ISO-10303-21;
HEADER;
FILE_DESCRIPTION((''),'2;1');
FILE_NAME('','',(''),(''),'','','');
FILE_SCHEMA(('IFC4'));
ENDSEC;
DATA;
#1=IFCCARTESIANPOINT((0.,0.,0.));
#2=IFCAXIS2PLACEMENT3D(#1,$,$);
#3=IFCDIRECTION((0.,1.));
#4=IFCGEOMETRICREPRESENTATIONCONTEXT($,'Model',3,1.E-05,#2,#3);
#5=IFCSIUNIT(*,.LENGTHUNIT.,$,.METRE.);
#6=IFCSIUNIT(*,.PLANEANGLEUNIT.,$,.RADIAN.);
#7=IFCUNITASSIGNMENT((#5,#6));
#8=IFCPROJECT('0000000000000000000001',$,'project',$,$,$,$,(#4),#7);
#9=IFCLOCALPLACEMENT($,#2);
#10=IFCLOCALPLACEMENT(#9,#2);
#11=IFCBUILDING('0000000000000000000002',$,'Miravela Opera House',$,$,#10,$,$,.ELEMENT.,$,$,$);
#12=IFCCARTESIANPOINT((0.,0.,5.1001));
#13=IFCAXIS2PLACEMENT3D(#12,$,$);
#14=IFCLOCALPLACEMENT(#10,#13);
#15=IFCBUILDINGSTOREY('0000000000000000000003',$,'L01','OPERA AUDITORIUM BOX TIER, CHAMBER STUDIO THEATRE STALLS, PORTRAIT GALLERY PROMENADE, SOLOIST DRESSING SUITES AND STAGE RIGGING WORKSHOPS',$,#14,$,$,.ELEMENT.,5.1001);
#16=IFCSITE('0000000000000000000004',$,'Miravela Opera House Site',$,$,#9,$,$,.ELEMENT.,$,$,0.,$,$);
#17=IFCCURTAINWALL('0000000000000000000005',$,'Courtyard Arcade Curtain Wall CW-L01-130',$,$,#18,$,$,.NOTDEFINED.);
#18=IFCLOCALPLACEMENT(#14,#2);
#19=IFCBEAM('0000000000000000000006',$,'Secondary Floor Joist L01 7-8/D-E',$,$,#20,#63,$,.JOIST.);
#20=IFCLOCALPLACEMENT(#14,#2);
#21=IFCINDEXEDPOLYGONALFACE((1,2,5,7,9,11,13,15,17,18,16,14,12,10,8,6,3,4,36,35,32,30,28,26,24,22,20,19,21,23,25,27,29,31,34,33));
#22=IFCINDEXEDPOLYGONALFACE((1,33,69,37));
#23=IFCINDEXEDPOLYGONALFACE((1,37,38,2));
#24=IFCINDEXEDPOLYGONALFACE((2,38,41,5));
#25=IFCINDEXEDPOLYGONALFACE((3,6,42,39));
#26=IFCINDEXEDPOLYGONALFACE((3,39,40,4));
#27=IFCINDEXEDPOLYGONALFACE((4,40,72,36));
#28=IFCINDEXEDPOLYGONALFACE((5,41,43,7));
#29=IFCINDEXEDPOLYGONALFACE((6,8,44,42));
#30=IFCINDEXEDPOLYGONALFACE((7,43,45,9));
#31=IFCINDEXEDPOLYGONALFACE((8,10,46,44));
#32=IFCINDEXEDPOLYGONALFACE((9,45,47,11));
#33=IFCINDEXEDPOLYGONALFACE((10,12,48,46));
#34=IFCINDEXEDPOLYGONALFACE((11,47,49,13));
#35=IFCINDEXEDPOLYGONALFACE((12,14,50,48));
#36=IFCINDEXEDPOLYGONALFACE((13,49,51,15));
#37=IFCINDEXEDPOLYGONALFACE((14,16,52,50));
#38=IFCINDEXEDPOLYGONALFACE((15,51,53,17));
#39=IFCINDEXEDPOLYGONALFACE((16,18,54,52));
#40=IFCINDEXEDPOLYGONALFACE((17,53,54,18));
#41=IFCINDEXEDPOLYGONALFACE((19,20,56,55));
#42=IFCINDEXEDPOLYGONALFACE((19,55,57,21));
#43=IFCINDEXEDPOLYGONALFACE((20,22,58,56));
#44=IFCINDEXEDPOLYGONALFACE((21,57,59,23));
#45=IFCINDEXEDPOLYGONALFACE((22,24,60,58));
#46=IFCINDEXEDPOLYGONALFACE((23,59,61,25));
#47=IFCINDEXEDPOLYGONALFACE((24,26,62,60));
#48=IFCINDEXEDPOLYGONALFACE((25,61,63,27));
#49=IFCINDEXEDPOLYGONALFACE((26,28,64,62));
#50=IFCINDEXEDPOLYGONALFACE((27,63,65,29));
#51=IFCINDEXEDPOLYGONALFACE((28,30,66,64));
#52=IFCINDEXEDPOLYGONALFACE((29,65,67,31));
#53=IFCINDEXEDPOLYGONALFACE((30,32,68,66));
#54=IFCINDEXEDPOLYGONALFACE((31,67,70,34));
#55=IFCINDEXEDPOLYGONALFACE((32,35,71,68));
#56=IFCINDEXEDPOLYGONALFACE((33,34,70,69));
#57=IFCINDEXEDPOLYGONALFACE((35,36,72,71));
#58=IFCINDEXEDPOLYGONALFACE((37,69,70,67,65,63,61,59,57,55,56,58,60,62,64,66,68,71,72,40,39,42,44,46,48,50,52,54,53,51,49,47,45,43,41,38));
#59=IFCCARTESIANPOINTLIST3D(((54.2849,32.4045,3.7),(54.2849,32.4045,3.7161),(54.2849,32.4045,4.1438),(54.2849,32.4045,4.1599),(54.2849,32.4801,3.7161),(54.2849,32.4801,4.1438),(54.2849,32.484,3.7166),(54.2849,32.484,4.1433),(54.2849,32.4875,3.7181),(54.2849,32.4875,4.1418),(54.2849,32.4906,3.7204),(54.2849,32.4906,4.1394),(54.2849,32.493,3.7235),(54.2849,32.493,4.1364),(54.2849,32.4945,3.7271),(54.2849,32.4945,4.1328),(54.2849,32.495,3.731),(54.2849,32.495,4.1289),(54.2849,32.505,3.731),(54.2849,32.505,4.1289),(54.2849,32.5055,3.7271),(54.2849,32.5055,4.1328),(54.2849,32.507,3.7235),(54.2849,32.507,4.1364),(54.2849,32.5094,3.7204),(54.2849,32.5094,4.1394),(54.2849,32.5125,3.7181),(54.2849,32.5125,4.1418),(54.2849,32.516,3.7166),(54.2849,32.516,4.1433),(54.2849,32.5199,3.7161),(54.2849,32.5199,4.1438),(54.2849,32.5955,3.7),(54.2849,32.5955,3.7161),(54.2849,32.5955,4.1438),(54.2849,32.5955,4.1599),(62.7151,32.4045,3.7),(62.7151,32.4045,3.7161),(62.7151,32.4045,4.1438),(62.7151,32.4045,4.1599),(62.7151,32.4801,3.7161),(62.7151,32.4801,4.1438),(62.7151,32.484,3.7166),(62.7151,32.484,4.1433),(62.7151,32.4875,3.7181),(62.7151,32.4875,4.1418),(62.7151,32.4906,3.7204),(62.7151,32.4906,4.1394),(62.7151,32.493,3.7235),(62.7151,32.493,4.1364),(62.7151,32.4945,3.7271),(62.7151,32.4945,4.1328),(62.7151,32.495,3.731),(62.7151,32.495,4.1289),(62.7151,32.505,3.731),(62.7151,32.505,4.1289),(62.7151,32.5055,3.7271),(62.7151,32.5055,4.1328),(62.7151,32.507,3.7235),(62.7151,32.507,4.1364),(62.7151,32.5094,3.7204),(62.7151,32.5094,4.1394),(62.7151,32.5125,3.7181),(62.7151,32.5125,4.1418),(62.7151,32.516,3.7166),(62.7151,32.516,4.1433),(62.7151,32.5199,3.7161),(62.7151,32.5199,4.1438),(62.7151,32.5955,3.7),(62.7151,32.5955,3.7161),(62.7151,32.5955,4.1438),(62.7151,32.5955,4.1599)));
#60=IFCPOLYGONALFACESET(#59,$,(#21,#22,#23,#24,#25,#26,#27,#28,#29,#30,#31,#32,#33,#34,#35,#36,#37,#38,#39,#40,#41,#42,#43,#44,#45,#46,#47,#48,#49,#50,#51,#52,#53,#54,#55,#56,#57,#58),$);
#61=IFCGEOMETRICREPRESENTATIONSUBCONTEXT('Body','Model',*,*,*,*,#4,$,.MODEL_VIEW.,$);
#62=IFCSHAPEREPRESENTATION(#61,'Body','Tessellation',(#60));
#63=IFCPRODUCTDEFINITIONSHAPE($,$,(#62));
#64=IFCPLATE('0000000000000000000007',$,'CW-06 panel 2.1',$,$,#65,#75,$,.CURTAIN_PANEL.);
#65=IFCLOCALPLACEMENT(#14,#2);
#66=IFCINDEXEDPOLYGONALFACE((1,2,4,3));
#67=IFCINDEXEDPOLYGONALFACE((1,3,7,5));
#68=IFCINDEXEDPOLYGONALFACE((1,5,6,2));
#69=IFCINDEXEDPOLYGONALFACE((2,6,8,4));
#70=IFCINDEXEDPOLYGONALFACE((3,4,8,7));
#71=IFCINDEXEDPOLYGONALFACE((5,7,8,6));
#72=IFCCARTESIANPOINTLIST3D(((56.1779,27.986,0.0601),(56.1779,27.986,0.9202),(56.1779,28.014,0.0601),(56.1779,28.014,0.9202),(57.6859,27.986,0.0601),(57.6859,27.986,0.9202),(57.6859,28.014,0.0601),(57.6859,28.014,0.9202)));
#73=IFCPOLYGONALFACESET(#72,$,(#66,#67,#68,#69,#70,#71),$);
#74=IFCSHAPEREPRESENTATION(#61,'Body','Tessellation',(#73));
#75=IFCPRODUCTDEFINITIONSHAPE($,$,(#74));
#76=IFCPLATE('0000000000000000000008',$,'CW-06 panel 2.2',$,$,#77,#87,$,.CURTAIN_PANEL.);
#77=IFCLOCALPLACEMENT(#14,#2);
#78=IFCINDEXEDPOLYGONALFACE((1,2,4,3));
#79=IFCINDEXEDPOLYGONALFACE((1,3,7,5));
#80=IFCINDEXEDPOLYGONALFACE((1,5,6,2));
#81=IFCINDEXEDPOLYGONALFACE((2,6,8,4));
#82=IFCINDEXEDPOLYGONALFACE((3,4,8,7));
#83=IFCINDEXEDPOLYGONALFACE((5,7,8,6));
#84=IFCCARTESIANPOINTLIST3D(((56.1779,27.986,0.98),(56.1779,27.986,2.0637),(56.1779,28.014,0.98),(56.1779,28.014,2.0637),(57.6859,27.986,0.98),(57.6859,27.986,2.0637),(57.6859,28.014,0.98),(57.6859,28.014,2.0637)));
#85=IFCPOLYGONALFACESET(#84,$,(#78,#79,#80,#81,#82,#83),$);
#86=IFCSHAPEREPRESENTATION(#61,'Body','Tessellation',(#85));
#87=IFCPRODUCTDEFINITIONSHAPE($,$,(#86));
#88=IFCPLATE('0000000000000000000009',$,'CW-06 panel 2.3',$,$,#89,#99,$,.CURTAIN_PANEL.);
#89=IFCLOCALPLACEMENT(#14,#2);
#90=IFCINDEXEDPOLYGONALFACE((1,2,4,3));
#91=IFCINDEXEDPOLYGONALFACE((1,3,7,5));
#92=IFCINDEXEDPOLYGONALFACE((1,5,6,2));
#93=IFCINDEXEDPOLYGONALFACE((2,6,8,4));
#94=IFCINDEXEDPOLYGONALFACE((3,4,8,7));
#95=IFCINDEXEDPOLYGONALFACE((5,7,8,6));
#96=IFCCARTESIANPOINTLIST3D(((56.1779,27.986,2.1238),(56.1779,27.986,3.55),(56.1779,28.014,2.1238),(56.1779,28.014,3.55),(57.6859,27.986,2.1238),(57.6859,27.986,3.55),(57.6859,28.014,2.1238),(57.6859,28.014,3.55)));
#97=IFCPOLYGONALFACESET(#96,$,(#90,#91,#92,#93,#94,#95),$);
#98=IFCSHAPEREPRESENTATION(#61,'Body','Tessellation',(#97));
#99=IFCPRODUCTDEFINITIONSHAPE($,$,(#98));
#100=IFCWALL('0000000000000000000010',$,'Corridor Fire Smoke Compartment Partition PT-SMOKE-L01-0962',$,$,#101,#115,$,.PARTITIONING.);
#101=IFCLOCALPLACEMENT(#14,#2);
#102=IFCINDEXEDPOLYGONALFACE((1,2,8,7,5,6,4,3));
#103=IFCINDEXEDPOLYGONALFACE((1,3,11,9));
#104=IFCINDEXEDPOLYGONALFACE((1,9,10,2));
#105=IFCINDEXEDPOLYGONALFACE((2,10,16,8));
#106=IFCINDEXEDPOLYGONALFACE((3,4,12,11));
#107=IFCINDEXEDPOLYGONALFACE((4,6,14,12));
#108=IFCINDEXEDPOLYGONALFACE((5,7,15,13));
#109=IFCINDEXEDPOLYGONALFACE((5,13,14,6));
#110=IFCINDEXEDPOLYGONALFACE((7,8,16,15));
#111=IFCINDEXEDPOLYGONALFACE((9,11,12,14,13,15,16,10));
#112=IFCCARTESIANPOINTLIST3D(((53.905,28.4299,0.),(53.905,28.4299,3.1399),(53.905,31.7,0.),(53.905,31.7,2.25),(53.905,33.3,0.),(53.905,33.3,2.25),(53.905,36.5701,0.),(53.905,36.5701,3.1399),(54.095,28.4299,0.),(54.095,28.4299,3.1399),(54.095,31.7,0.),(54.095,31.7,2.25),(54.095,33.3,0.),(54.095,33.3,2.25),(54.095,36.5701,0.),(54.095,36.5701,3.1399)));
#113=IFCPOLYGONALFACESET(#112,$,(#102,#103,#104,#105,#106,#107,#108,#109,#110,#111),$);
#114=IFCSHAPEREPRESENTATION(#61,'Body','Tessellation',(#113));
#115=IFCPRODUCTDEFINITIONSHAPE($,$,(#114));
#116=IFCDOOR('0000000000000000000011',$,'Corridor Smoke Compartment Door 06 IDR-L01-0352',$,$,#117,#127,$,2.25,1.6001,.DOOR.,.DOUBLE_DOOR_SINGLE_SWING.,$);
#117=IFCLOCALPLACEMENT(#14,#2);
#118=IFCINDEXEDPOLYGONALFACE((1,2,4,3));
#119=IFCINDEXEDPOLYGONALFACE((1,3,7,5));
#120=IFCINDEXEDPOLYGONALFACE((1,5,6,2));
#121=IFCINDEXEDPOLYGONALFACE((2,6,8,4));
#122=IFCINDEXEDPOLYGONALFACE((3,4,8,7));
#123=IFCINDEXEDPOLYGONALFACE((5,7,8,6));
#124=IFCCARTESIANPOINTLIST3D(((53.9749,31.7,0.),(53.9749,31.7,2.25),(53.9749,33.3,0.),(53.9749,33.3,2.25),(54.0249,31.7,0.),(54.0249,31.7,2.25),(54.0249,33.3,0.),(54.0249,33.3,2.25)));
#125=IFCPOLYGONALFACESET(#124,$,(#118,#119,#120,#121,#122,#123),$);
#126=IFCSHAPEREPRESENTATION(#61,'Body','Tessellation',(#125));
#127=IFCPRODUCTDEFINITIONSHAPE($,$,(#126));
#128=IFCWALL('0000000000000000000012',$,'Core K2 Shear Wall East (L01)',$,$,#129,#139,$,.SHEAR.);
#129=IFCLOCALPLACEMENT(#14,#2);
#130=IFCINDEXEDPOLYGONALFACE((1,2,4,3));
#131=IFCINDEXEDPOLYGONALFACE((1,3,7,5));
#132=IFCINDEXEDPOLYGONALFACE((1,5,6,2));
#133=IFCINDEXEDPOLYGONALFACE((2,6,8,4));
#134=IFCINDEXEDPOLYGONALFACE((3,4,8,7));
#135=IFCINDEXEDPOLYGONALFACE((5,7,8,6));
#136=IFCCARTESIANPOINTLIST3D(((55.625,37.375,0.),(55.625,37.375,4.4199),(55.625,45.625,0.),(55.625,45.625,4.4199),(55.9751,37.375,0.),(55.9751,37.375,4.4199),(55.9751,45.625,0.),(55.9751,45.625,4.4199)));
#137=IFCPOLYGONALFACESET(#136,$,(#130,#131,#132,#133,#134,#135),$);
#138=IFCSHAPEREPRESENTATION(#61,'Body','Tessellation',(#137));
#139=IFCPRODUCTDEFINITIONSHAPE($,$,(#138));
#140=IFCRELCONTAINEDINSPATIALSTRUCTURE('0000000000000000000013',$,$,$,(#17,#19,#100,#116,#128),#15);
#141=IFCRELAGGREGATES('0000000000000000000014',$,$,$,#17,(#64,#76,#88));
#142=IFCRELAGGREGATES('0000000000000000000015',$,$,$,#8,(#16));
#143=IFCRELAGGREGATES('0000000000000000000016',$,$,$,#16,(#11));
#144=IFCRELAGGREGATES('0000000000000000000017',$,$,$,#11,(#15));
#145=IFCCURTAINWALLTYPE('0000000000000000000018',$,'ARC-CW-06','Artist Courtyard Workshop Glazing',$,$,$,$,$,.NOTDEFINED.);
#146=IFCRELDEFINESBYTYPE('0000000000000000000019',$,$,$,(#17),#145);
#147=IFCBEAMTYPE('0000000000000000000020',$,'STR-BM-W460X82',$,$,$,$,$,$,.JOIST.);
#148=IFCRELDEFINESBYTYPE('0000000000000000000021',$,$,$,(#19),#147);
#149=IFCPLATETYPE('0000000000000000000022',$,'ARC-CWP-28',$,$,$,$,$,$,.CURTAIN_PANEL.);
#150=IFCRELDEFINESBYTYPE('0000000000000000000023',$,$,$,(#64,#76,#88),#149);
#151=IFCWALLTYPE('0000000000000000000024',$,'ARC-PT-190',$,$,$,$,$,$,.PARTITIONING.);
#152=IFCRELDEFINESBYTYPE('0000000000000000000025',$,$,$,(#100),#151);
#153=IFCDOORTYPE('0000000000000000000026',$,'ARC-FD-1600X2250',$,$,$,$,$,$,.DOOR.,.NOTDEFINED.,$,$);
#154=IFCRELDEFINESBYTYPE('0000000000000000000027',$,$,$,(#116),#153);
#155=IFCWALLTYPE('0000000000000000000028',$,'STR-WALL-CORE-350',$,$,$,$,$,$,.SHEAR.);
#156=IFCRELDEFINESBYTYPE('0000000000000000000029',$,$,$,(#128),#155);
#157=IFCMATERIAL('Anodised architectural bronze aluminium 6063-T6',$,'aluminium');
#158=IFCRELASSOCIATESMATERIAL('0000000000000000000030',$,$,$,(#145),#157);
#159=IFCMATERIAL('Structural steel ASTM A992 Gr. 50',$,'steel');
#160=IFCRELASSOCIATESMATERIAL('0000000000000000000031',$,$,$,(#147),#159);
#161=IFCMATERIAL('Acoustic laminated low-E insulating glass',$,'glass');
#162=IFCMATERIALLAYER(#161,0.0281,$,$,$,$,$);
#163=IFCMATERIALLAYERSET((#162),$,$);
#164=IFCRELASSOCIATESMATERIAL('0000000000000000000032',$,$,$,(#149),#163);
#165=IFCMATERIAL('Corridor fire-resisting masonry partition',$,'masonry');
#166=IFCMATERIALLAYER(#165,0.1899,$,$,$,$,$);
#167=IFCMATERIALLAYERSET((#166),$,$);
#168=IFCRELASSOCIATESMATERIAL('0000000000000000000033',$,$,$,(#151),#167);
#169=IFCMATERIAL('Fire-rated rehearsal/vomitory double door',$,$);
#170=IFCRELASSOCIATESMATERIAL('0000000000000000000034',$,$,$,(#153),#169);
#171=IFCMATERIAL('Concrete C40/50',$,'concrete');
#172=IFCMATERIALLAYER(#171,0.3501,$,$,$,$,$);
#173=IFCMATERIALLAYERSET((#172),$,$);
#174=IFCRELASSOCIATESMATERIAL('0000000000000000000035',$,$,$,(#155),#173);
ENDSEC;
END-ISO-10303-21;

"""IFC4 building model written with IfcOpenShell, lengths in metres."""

from ifc_helpers import new_model, si_unit, direction, frame, frame_2d, origin, origin_2d, place, context, subcontext, project, spatial, rectangle, i_section, extrude, material, layer, layer_set, material_profile, profile_set, type_object, element, fill, aggregate, save


model = new_model("IFC4")

# Units and contexts
model_context = context("Model", 3, precision=1e-05, world=origin(), true_north=direction((0.0, 1.0)))
body_context = subcontext(model_context, "Body", "Model", "MODEL_VIEW")
ifc_project = project(units=[si_unit("LENGTHUNIT", "METRE"), si_unit("PLANEANGLEUNIT", "RADIAN")], contexts=[model_context])

# Site, building, storey
site_placement = place(None, origin())
site = spatial("IfcSite", under=ifc_project, at=site_placement, Name="Miravela Opera House Site", CompositionType="ELEMENT", RefElevation=0.0)
building_placement = place(site_placement, origin())
building = spatial("IfcBuilding", under=site, at=building_placement, Name="Miravela Opera House", CompositionType="ELEMENT")
storey_placement = place(building_placement, frame((0.0, 0.0, 5.1001)))
storey = spatial("IfcBuildingStorey", under=building, at=storey_placement, Name="L01", Description="OPERA AUDITORIUM BOX TIER, CHAMBER STUDIO THEATRE STALLS, PORTRAIT GALLERY PROMENADE, SOLOIST DRESSING SUITES AND STAGE RIGGING WORKSHOPS", CompositionType="ELEMENT", Elevation=5.1001)

# Shared definitions
ifc_material_1 = material(Name="Concrete C40/50", Category="concrete")

# Curtain wall
ifc_material_2 = material(Name="Anodised architectural bronze aluminium 6063-T6", Category="aluminium")
curtain_wall_type = type_object("IfcCurtainWallType", Name="ARC-CW-06", Description="Artist Courtyard Workshop Glazing", PredefinedType="NOTDEFINED", material=ifc_material_2)
curtain_wall_placement = place(storey_placement, origin())
curtain_wall = element("IfcCurtainWall", 1, at=curtain_wall_placement, inside=storey, type_object=curtain_wall_type, Name="Courtyard Arcade Curtain Wall CW-L01-130", PredefinedType="NOTDEFINED")

# Beam
ifc_material_3 = material(Name="Structural steel ASTM A992 Gr. 50", Category="steel")
ifc_material_profile_1 = material_profile(ifc_material_3, i_section(OverallWidth=0.1909, OverallDepth=0.46, WebThickness=0.01, FlangeThickness=0.0161, FilletRadius=0.0149, at=origin_2d()), Name="W460X82")
ifc_profile_set_1 = profile_set([ifc_material_profile_1])
beam_type_1 = type_object("IfcBeamType", Name="STR-BM-W460X82", PredefinedType="JOIST", material=ifc_profile_set_1)
beam_1_placement = place(storey_placement, frame((54.2849, 32.5, 3.9299), z_axis=(1.0, 0.0, 0.0), x_axis=(0.0, 1.0, 0.0)))
element("IfcBeam", 2, at=beam_1_placement, inside=storey, type_object=beam_type_1, Name="Secondary Floor Joist L01 7-8/D-E", PredefinedType="JOIST", context=body_context, shape_type="SweptSolid", body=[
    extrude(i_section(OverallWidth=0.1909, OverallDepth=0.46, WebThickness=0.01, FlangeThickness=0.0161, FilletRadius=0.0149, at=origin_2d()), origin(), (0.0, 0.0, 1.0), 8.4302),
])

# Plates
ifc_material_4 = material(Name="Acoustic laminated low-E insulating glass", Category="glass")
ifc_layer_1 = layer(ifc_material_4, 0.0281)
ifc_layer_set_1 = layer_set([ifc_layer_1])
plate_type = type_object("IfcPlateType", Name="ARC-CWP-28", PredefinedType="CURTAIN_PANEL", material=ifc_layer_set_1)
plate_1_placement = place(storey_placement, frame((56.9319, 28.0, 0.0601), z_axis=(0.0, 0.0, 1.0), x_axis=(1.0, 0.0, 0.0)))
plate_1 = element("IfcPlate", 3, at=plate_1_placement, type_object=plate_type, Name="CW-06 panel 2.1", PredefinedType="CURTAIN_PANEL", context=body_context, shape_type="SweptSolid", body=[
    extrude(rectangle(XDim=1.5081, YDim=0.0281, at=origin_2d()), origin(), (0.0, 0.0, 1.0), 0.8601),
])
plate_2_placement = place(storey_placement, frame((56.9319, 28.0, 0.98), z_axis=(0.0, 0.0, 1.0), x_axis=(1.0, 0.0, 0.0)))
plate_2 = element("IfcPlate", 4, at=plate_2_placement, type_object=plate_type, Name="CW-06 panel 2.2", PredefinedType="CURTAIN_PANEL", context=body_context, shape_type="SweptSolid", body=[
    extrude(rectangle(XDim=1.5081, YDim=0.0281, at=origin_2d()), origin(), (0.0, 0.0, 1.0), 1.0837),
])
plate_3_placement = place(storey_placement, frame((56.9319, 28.0, 2.1238), z_axis=(0.0, 0.0, 1.0), x_axis=(1.0, 0.0, 0.0)))
plate_3 = element("IfcPlate", 5, at=plate_3_placement, type_object=plate_type, Name="CW-06 panel 2.3", PredefinedType="CURTAIN_PANEL", context=body_context, shape_type="SweptSolid", body=[
    extrude(rectangle(XDim=1.5081, YDim=0.0281, at=origin_2d()), origin(), (0.0, 0.0, 1.0), 1.4263),
])
aggregate(curtain_wall, [plate_1, plate_2, plate_3])

# Wall, opening, door
ifc_material_5 = material(Name="Corridor fire-resisting masonry partition", Category="masonry")
ifc_layer_2 = layer(ifc_material_5, 0.1899)
ifc_layer_set_2 = layer_set([ifc_layer_2])
wall_type_1 = type_object("IfcWallType", Name="ARC-PT-190", PredefinedType="PARTITIONING", material=ifc_layer_set_2)
wall_1_placement = place(storey_placement, frame((54.0, 28.4299, 0.0), z_axis=(0.0, 0.0, 1.0), x_axis=(0.0, 1.0, 0.0)))
wall_1 = element("IfcWall", 6, at=wall_1_placement, inside=storey, type_object=wall_type_1, Name="Corridor Fire Smoke Compartment Partition PT-SMOKE-L01-0962", PredefinedType="PARTITIONING", context=body_context, shape_type="SweptSolid", body=[
    extrude(rectangle(XDim=8.1401, YDim=0.1899, at=frame_2d((4.0701, 0.0))), origin(), (0.0, 0.0, 1.0), 3.1399),
])
opening_placement = place(wall_1_placement, frame((3.27, 0.0, 0.0)))
opening = element("IfcOpeningElement", 7, at=opening_placement, cuts=wall_1, PredefinedType="OPENING", context=body_context, shape_type="SweptSolid", body=[
    extrude(rectangle(XDim=1.6001, YDim=2.25, at=frame_2d((0.8, 1.125))), frame((0.0, 0.105, 0.0), z_axis=(0.0, -1.0, 0.0), x_axis=(1.0, 0.0, 0.0)), (0.0, 0.0, 1.0), 0.21),
])
ifc_material_6 = material(Name="Fire-rated rehearsal/vomitory double door")
door_type = type_object("IfcDoorType", Name="ARC-FD-1600X2250", OperationType="NOTDEFINED", PredefinedType="DOOR", material=ifc_material_6)
door_placement = place(opening_placement, frame((1.6001, 0.0, 0.0), z_axis=(0.0, 0.0, 1.0), x_axis=(-1.0, 0.0, 0.0)))
door = element("IfcDoor", 8, at=door_placement, inside=storey, type_object=door_type, Name="Corridor Smoke Compartment Door 06 IDR-L01-0352", OperationType="DOUBLE_DOOR_SINGLE_SWING", OverallHeight=2.25, OverallWidth=1.6001, PredefinedType="DOOR", context=body_context, shape_type="SweptSolid", body=[
    extrude(rectangle(XDim=1.6001, YDim=2.25, at=frame_2d((0.8, 1.125))), frame((0.0, 0.0249, 0.0), z_axis=(0.0, -1.0, 0.0), x_axis=(1.0, 0.0, 0.0)), (0.0, 0.0, 1.0), 0.05),
])
fill(opening, door)

# Wall
ifc_layer_3 = layer(ifc_material_1, 0.3501)
ifc_layer_set_3 = layer_set([ifc_layer_3])
wall_type_2 = type_object("IfcWallType", Name="STR-WALL-CORE-350", PredefinedType="SHEAR", material=ifc_layer_set_3)
wall_2_placement = place(storey_placement, frame((55.8, 37.375, 0.0), z_axis=(0.0, 0.0, 1.0), x_axis=(0.0, 1.0, 0.0)))
element("IfcWall", 9, at=wall_2_placement, inside=storey, type_object=wall_type_2, Name="Core K2 Shear Wall East (L01)", PredefinedType="SHEAR", context=body_context, shape_type="SweptSolid", body=[
    extrude(rectangle(XDim=8.25, YDim=0.3501, at=frame_2d((4.125, 0.0))), origin(), (0.0, 0.0, 1.0), 4.4199),
])

save(model, "model.ifc")
